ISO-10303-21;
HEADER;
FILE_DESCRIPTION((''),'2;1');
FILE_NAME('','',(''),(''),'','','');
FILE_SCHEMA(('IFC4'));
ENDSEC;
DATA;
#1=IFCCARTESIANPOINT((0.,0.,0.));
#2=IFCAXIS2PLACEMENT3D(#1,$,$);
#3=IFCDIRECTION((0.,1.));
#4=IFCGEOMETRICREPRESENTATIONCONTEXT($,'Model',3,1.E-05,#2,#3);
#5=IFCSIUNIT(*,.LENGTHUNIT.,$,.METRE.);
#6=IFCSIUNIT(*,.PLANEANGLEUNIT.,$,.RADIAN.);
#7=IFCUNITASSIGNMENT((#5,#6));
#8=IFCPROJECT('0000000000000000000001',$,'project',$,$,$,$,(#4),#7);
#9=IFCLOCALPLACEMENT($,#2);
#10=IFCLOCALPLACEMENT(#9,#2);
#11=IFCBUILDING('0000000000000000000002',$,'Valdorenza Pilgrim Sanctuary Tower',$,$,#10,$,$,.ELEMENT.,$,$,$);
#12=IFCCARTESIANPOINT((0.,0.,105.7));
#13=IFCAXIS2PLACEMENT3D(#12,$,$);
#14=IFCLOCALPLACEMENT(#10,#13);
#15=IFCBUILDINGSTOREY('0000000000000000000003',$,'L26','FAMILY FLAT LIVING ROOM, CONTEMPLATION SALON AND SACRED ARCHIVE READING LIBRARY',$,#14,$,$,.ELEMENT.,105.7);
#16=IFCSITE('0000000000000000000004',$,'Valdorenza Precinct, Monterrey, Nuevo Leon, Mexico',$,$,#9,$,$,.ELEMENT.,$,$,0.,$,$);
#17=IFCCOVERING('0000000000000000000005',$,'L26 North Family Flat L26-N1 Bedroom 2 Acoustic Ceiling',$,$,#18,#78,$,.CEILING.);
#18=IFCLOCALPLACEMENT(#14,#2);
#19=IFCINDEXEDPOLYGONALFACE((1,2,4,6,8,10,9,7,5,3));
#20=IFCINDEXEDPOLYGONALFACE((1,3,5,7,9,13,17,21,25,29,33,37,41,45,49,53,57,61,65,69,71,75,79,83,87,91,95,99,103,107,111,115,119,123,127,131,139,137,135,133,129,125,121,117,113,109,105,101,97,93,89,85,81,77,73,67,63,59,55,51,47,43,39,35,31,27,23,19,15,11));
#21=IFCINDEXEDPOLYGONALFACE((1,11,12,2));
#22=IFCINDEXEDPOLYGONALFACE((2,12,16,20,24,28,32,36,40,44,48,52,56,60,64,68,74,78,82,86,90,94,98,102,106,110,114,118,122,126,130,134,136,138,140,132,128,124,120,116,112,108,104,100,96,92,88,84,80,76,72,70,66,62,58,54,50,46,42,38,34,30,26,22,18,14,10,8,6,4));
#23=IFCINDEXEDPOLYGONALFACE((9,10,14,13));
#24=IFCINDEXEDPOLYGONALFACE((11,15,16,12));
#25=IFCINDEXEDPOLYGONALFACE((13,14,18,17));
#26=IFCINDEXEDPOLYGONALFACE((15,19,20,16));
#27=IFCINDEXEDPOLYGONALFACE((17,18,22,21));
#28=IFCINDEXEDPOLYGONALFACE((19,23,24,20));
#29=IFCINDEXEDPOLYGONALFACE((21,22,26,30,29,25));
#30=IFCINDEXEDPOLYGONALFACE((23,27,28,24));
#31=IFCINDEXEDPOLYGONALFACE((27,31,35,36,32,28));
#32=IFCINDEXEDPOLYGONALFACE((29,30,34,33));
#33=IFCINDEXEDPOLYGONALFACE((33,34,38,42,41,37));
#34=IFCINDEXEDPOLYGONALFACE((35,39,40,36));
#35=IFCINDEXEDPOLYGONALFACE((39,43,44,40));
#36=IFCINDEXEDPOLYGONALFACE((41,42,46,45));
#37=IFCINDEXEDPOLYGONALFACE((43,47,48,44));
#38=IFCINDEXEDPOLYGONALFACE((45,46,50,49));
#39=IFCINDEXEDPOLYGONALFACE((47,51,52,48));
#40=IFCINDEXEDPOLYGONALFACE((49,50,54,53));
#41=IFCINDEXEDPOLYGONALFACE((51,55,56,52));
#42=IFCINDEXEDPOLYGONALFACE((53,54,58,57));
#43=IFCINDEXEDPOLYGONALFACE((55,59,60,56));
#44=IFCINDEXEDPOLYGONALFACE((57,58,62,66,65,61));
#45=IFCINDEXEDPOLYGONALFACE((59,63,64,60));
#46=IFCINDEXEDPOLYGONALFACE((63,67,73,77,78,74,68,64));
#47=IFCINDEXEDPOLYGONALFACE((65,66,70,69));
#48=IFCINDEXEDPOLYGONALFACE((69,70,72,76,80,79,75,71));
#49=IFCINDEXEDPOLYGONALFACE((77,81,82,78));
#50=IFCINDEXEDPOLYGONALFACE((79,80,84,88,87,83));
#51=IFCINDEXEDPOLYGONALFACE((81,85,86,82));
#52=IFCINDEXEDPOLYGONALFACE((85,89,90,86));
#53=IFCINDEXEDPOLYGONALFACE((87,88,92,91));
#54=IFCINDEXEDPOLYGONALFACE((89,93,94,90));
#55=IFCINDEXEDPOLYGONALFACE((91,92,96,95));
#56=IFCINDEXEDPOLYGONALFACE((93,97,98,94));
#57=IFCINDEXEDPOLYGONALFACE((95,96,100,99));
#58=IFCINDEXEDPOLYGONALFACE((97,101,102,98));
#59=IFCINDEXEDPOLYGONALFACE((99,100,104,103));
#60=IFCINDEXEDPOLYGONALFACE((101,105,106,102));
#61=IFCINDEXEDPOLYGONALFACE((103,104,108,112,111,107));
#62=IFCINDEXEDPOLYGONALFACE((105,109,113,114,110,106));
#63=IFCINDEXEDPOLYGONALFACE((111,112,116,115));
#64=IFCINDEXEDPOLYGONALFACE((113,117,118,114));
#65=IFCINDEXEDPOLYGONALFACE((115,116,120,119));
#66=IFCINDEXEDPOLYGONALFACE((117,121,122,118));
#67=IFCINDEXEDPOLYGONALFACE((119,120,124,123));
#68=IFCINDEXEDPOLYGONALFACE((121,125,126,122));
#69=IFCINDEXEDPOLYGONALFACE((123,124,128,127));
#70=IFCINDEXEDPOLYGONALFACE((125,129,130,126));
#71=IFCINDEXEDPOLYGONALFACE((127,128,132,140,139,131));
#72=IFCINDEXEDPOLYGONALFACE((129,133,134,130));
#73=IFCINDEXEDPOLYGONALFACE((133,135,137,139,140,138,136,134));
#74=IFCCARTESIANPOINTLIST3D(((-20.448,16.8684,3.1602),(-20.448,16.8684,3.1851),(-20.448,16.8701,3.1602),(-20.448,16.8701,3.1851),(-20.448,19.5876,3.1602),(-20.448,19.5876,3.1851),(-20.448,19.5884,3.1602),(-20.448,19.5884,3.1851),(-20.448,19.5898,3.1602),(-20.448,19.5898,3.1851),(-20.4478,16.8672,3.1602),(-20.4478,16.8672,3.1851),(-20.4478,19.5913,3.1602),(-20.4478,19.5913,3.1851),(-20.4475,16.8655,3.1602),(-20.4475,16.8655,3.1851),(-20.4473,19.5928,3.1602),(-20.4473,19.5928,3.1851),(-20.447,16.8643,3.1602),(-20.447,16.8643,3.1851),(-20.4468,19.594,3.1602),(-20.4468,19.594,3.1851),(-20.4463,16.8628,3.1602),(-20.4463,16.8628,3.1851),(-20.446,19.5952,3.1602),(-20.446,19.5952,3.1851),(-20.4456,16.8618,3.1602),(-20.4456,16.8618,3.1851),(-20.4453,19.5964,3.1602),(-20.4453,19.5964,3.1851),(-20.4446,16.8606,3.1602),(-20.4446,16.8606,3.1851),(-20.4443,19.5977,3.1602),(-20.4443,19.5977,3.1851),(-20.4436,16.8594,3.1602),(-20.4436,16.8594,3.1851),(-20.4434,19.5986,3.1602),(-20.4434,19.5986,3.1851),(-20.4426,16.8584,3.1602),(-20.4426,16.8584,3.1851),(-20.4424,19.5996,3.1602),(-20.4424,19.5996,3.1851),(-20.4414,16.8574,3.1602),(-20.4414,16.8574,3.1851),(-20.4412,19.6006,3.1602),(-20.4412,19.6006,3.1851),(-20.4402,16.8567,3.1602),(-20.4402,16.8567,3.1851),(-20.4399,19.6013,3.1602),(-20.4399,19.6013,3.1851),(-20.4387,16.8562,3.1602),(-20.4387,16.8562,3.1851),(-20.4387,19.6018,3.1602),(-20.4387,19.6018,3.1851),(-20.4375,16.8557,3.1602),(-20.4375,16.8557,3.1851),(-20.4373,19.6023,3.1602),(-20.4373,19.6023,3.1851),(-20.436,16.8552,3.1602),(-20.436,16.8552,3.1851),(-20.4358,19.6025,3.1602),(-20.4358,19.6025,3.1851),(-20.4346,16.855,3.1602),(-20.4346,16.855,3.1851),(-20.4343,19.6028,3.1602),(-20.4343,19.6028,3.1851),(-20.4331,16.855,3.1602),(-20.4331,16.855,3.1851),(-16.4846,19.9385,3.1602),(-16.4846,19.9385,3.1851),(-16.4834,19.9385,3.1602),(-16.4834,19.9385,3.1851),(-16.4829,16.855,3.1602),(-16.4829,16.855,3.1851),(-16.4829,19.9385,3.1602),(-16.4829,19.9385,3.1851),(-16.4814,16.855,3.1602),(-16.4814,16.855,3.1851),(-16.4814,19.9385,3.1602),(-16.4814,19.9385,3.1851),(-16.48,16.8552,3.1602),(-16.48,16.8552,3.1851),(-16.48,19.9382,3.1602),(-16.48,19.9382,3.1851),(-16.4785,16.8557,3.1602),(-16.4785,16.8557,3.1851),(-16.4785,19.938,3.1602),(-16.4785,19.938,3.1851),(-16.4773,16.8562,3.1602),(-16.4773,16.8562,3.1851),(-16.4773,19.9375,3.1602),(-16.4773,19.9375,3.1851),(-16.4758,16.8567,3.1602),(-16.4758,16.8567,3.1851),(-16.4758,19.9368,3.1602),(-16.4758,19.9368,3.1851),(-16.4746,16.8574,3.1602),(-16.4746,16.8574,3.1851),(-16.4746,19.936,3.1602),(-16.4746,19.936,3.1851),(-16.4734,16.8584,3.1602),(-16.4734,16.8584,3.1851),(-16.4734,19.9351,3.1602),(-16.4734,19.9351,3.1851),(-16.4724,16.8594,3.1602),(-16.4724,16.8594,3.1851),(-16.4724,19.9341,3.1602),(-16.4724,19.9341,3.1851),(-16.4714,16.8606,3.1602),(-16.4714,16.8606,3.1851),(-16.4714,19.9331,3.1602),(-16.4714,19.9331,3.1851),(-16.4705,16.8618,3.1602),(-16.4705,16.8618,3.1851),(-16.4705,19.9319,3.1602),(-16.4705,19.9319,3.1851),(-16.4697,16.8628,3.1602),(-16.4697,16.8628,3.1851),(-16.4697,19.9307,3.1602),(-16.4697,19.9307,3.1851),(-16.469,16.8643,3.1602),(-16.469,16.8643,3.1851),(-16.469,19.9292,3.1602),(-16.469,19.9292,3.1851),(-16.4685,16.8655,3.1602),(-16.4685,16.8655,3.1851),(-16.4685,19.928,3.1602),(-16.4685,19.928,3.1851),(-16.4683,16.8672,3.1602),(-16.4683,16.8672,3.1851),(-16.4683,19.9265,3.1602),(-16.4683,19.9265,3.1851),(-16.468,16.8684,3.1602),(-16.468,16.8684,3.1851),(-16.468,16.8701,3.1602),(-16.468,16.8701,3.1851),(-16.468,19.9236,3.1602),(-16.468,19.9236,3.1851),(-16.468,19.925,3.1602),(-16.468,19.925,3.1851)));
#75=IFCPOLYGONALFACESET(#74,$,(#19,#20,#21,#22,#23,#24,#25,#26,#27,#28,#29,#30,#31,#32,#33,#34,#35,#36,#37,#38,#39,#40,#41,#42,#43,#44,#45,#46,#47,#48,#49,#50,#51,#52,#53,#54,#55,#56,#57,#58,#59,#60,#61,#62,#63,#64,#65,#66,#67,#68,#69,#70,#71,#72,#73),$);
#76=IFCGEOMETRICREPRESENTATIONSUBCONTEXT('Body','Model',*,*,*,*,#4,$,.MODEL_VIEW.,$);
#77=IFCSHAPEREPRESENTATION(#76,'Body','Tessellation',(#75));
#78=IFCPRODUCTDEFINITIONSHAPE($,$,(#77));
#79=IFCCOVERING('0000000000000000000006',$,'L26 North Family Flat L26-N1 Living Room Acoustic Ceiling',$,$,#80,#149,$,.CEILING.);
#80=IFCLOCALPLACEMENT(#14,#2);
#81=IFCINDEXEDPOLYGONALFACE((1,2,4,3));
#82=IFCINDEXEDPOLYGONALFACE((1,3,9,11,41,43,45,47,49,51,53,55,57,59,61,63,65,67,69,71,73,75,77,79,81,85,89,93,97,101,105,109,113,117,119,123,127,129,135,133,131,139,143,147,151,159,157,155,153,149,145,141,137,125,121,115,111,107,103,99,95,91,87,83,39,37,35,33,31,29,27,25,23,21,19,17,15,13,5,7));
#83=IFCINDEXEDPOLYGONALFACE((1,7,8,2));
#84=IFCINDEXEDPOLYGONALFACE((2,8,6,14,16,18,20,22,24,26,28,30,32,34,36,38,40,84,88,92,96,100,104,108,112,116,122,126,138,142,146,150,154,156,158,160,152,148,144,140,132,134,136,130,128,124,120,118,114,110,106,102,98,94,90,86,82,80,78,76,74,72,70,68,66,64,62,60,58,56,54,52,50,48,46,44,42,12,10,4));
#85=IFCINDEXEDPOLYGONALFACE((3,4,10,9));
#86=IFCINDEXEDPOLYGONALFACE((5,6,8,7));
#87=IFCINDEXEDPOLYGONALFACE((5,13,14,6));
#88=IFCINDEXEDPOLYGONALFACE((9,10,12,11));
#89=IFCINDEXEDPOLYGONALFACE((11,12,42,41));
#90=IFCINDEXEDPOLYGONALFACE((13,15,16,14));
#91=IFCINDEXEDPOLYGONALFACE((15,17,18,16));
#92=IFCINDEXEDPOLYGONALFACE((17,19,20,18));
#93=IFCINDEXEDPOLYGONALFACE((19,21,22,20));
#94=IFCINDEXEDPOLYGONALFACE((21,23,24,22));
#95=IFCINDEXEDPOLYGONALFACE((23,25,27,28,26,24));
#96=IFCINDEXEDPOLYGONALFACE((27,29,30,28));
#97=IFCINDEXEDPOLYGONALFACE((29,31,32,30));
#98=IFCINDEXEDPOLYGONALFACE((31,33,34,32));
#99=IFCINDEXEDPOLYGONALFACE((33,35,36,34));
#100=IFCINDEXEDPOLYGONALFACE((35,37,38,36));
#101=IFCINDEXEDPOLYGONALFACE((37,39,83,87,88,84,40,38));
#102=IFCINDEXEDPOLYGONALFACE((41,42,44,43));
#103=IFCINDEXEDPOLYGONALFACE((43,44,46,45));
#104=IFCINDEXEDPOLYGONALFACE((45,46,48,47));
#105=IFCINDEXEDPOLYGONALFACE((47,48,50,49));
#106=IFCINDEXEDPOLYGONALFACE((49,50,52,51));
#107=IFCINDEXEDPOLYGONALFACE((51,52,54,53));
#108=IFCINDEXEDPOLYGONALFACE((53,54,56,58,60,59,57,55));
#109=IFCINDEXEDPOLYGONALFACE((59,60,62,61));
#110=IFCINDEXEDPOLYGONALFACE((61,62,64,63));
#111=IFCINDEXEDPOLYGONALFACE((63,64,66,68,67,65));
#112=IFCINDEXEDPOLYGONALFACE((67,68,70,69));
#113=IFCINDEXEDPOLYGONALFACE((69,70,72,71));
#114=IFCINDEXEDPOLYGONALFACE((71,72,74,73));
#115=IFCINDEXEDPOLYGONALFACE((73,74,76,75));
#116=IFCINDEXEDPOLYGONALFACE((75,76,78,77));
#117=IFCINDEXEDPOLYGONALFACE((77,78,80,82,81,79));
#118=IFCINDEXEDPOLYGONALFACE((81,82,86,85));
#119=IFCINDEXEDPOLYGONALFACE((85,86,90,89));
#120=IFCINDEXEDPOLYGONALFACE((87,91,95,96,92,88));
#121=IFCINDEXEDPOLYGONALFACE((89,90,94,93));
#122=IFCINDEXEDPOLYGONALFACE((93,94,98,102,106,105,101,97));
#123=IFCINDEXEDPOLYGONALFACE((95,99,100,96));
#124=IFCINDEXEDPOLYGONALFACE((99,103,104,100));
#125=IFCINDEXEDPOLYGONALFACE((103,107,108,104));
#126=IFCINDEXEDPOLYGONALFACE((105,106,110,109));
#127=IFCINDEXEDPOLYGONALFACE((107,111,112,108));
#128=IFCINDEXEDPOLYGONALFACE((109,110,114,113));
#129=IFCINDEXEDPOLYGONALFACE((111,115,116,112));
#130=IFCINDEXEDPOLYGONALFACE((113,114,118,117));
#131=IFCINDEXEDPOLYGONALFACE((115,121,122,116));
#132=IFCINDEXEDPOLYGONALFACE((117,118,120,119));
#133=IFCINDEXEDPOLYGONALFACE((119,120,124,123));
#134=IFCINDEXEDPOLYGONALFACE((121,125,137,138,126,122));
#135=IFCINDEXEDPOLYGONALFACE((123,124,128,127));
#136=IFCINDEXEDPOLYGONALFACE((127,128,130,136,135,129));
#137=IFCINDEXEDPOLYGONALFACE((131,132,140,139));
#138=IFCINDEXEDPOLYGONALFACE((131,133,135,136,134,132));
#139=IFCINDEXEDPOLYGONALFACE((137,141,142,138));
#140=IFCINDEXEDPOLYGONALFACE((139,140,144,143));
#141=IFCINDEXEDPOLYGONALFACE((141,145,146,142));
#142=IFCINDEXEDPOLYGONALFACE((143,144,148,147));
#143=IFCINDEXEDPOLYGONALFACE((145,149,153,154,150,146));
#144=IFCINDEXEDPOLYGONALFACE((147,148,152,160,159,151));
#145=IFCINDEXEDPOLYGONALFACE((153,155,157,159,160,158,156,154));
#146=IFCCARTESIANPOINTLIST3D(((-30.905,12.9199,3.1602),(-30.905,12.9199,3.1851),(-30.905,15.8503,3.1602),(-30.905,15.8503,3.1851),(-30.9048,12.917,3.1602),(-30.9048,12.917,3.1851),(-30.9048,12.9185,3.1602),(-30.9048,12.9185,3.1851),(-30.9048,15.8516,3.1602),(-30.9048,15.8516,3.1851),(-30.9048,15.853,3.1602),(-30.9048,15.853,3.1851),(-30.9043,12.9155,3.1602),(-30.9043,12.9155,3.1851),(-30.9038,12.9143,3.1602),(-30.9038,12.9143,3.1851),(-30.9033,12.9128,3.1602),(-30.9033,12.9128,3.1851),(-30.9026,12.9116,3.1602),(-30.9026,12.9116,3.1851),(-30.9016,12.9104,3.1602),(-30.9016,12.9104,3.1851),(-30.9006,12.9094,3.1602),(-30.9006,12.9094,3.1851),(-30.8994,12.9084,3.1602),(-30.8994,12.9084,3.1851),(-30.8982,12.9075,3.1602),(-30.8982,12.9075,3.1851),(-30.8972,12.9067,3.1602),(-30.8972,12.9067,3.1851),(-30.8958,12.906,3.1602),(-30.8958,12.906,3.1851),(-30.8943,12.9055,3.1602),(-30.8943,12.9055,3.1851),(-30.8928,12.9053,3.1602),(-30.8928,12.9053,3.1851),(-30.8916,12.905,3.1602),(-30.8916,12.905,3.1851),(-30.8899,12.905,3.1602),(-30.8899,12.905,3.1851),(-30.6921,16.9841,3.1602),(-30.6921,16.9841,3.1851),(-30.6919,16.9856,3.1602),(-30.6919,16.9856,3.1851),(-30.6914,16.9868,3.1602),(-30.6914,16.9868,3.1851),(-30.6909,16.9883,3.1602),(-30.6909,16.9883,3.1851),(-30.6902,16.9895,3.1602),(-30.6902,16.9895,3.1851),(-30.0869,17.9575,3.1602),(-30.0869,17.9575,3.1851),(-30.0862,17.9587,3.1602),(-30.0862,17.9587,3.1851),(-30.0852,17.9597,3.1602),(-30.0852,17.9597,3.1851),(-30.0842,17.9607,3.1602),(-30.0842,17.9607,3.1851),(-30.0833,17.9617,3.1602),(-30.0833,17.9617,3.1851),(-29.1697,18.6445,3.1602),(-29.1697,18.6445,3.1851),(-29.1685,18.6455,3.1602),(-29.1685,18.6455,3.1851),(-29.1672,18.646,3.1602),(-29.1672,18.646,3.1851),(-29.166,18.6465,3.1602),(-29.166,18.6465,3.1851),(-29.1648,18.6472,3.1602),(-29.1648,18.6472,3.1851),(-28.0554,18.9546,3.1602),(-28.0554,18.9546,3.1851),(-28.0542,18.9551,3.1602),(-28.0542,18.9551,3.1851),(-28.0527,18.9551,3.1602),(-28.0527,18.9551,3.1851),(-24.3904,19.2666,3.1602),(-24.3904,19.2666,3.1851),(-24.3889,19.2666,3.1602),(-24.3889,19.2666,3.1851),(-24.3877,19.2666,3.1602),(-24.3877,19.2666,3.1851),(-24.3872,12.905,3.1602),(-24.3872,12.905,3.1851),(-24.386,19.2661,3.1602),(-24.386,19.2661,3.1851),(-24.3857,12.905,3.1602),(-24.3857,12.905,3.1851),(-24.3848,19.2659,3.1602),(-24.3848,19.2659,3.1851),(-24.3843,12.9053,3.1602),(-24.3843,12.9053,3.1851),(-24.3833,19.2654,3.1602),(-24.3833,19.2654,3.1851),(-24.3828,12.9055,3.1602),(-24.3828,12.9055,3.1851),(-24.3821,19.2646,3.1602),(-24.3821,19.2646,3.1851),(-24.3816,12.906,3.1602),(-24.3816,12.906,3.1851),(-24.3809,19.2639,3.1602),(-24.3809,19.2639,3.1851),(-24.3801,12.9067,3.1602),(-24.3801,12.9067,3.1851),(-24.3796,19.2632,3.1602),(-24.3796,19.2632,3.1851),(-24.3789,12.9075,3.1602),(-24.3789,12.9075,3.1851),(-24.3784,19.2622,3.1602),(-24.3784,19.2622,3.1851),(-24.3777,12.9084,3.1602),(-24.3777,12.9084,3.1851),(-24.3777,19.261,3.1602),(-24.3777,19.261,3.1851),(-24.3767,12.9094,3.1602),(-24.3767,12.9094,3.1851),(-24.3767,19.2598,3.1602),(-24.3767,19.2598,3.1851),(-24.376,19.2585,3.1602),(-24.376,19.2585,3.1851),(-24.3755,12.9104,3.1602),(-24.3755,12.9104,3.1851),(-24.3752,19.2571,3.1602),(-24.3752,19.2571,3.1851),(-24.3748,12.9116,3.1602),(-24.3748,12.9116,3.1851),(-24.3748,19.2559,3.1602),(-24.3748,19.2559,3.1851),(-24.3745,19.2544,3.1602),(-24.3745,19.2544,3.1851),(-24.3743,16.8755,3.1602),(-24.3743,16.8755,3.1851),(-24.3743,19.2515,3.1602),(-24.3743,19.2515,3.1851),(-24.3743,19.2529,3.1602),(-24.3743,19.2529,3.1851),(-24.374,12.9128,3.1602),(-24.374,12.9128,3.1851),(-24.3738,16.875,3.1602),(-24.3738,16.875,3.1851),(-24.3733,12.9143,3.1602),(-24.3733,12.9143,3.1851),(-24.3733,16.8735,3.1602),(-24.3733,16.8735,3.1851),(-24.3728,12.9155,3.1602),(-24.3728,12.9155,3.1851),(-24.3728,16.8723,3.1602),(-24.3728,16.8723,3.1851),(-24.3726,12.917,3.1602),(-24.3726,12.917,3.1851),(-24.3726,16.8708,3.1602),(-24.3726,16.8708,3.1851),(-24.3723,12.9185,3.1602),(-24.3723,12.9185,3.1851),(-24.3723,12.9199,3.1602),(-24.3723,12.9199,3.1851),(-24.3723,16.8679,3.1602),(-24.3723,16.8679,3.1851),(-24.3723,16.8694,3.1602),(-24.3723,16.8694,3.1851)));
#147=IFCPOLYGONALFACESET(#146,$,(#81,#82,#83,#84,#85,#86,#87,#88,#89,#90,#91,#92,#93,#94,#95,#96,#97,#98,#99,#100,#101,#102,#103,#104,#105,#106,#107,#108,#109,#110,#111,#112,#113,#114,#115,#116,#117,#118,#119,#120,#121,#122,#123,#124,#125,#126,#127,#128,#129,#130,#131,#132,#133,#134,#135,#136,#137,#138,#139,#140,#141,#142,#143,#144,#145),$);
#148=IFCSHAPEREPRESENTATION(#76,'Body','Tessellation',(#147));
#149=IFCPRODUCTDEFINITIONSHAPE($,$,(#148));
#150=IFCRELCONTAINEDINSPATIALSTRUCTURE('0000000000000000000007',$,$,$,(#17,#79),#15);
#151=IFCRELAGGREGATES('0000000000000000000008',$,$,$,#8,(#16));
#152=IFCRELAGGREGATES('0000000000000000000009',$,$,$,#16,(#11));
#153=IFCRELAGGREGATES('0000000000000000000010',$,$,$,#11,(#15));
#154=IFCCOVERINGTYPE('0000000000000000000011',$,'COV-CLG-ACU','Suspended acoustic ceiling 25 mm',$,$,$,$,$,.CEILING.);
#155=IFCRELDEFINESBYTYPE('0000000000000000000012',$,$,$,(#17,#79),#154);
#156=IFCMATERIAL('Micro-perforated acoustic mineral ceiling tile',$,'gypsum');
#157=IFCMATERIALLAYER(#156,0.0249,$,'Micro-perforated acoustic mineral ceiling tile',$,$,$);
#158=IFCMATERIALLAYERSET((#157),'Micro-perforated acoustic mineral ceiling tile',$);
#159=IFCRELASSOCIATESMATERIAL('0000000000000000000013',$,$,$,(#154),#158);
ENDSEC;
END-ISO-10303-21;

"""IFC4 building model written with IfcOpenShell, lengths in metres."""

from ifc_helpers import new_model, si_unit, direction, frame, origin, place, context, subcontext, project, spatial, polyline, outline, extrude, material, layer, layer_set, type_object, element, save


model = new_model("IFC4")

# Units and contexts
model_context = context("Model", 3, precision=1e-05, world=origin(), true_north=direction((0.0, 1.0)))
body_context = subcontext(model_context, "Body", "Model", "MODEL_VIEW")
ifc_project = project(units=[si_unit("LENGTHUNIT", "METRE"), si_unit("PLANEANGLEUNIT", "RADIAN")], contexts=[model_context])

# Site, building, storey
site_placement = place(None, origin())
site = spatial("IfcSite", under=ifc_project, at=site_placement, Name="Valdorenza Precinct, Monterrey, Nuevo Leon, Mexico", CompositionType="ELEMENT", RefElevation=0.0)
building_placement = place(site_placement, origin())
building = spatial("IfcBuilding", under=site, at=building_placement, Name="Valdorenza Pilgrim Sanctuary Tower", CompositionType="ELEMENT")
storey_placement = place(building_placement, frame((0.0, 0.0, 105.7)))
storey = spatial("IfcBuildingStorey", under=building, at=storey_placement, Name="L26", Description="FAMILY FLAT LIVING ROOM, CONTEMPLATION SALON AND SACRED ARCHIVE READING LIBRARY", CompositionType="ELEMENT", Elevation=105.7)

# Coverings
ifc_material_1 = material(Name="Micro-perforated acoustic mineral ceiling tile", Category="gypsum")
ifc_layer_1 = layer(ifc_material_1, 0.0249, Name="Micro-perforated acoustic mineral ceiling tile")
ifc_layer_set_1 = layer_set([ifc_layer_1], Name="Micro-perforated acoustic mineral ceiling tile")
covering_type_1 = type_object("IfcCoveringType", Name="COV-CLG-ACU", Description="Suspended acoustic ceiling 25 mm", PredefinedType="CEILING", material=ifc_layer_set_1)
covering_1_placement = place(storey_placement, frame((0.0, 0.0, 3.1602)))
element("IfcCovering", 1, at=covering_1_placement, inside=storey, type_object=covering_type_1, Name="L26 North Family Flat L26-N1 Bedroom 2 Acoustic Ceiling", PredefinedType="CEILING", context=body_context, shape_type="SweptSolid", body=[
    extrude(outline(polyline([(-20.448, 19.5876), (-20.448, 19.5884), (-20.448, 19.5898), (-20.4478, 19.5913), (-20.4473, 19.5928), (-20.4468, 19.594), (-20.446, 19.5952), (-20.4453, 19.5964), (-20.4443, 19.5977), (-20.4434, 19.5986), (-20.4424, 19.5996), (-20.4412, 19.6006), (-20.4399, 19.6013), (-20.4387, 19.6018), (-20.4373, 19.6023), (-20.4358, 19.6025), (-20.4343, 19.6028), (-16.4846, 19.9385), (-16.4834, 19.9385), (-16.4829, 19.9385), (-16.4814, 19.9385), (-16.48, 19.9382), (-16.4785, 19.938), (-16.4773, 19.9375), (-16.4758, 19.9368), (-16.4746, 19.936), (-16.4734, 19.9351), (-16.4724, 19.9341), (-16.4714, 19.9331), (-16.4705, 19.9319), (-16.4697, 19.9307), (-16.469, 19.9292), (-16.4685, 19.928), (-16.4683, 19.9265), (-16.468, 19.925), (-16.468, 19.9236), (-16.468, 16.8701), (-16.468, 16.8684), (-16.4683, 16.8672), (-16.4685, 16.8655), (-16.469, 16.8643), (-16.4697, 16.8628), (-16.4705, 16.8618), (-16.4714, 16.8606), (-16.4724, 16.8594), (-16.4734, 16.8584), (-16.4746, 16.8574), (-16.4758, 16.8567), (-16.4773, 16.8562), (-16.4785, 16.8557), (-16.48, 16.8552), (-16.4814, 16.855), (-16.4829, 16.855), (-20.4331, 16.855), (-20.4346, 16.855), (-20.436, 16.8552), (-20.4375, 16.8557), (-20.4387, 16.8562), (-20.4402, 16.8567), (-20.4414, 16.8574), (-20.4426, 16.8584), (-20.4436, 16.8594), (-20.4446, 16.8606), (-20.4456, 16.8618), (-20.4463, 16.8628), (-20.447, 16.8643), (-20.4475, 16.8655), (-20.4478, 16.8672), (-20.448, 16.8684), (-20.448, 16.8701), (-20.448, 19.5876), (-20.448, 19.5876)])), origin(), (0.0, 0.0, 1.0), 0.0249),
])
covering_2_placement = place(storey_placement, frame((0.0, 0.0, 3.1602)))
element("IfcCovering", 2, at=covering_2_placement, inside=storey, type_object=covering_type_1, Name="L26 North Family Flat L26-N1 Living Room Acoustic Ceiling", PredefinedType="CEILING", context=body_context, shape_type="SweptSolid", body=[
    extrude(outline(polyline([(-30.8899, 12.905), (-30.8916, 12.905), (-30.8928, 12.9053), (-30.8943, 12.9055), (-30.8958, 12.906), (-30.8972, 12.9067), (-30.8982, 12.9075), (-30.8994, 12.9084), (-30.9006, 12.9094), (-30.9016, 12.9104), (-30.9026, 12.9116), (-30.9033, 12.9128), (-30.9038, 12.9143), (-30.9043, 12.9155), (-30.9048, 12.917), (-30.9048, 12.9185), (-30.905, 12.9199), (-30.905, 15.8503), (-30.9048, 15.8516), (-30.9048, 15.853), (-30.6921, 16.9841), (-30.6919, 16.9856), (-30.6914, 16.9868), (-30.6909, 16.9883), (-30.6902, 16.9895), (-30.0869, 17.9575), (-30.0862, 17.9587), (-30.0852, 17.9597), (-30.0842, 17.9607), (-30.0833, 17.9617), (-29.1697, 18.6445), (-29.1685, 18.6455), (-29.1672, 18.646), (-29.166, 18.6465), (-29.1648, 18.6472), (-28.0554, 18.9546), (-28.0542, 18.9551), (-28.0527, 18.9551), (-24.3904, 19.2666), (-24.3889, 19.2666), (-24.3877, 19.2666), (-24.386, 19.2661), (-24.3848, 19.2659), (-24.3833, 19.2654), (-24.3821, 19.2646), (-24.3809, 19.2639), (-24.3796, 19.2632), (-24.3784, 19.2622), (-24.3777, 19.261), (-24.3767, 19.2598), (-24.376, 19.2585), (-24.3752, 19.2571), (-24.3748, 19.2559), (-24.3745, 19.2544), (-24.3743, 19.2529), (-24.3743, 19.2515), (-24.3743, 16.8755), (-24.3738, 16.875), (-24.3733, 16.8735), (-24.3728, 16.8723), (-24.3726, 16.8708), (-24.3723, 16.8694), (-24.3723, 16.8679), (-24.3723, 12.9199), (-24.3723, 12.9185), (-24.3726, 12.917), (-24.3728, 12.9155), (-24.3733, 12.9143), (-24.374, 12.9128), (-24.3748, 12.9116), (-24.3755, 12.9104), (-24.3767, 12.9094), (-24.3777, 12.9084), (-24.3789, 12.9075), (-24.3801, 12.9067), (-24.3816, 12.906), (-24.3828, 12.9055), (-24.3843, 12.9053), (-24.3857, 12.905), (-24.3872, 12.905), (-30.8899, 12.905)])), origin(), (0.0, 0.0, 1.0), 0.0249),
])

save(model, "model.ifc")
